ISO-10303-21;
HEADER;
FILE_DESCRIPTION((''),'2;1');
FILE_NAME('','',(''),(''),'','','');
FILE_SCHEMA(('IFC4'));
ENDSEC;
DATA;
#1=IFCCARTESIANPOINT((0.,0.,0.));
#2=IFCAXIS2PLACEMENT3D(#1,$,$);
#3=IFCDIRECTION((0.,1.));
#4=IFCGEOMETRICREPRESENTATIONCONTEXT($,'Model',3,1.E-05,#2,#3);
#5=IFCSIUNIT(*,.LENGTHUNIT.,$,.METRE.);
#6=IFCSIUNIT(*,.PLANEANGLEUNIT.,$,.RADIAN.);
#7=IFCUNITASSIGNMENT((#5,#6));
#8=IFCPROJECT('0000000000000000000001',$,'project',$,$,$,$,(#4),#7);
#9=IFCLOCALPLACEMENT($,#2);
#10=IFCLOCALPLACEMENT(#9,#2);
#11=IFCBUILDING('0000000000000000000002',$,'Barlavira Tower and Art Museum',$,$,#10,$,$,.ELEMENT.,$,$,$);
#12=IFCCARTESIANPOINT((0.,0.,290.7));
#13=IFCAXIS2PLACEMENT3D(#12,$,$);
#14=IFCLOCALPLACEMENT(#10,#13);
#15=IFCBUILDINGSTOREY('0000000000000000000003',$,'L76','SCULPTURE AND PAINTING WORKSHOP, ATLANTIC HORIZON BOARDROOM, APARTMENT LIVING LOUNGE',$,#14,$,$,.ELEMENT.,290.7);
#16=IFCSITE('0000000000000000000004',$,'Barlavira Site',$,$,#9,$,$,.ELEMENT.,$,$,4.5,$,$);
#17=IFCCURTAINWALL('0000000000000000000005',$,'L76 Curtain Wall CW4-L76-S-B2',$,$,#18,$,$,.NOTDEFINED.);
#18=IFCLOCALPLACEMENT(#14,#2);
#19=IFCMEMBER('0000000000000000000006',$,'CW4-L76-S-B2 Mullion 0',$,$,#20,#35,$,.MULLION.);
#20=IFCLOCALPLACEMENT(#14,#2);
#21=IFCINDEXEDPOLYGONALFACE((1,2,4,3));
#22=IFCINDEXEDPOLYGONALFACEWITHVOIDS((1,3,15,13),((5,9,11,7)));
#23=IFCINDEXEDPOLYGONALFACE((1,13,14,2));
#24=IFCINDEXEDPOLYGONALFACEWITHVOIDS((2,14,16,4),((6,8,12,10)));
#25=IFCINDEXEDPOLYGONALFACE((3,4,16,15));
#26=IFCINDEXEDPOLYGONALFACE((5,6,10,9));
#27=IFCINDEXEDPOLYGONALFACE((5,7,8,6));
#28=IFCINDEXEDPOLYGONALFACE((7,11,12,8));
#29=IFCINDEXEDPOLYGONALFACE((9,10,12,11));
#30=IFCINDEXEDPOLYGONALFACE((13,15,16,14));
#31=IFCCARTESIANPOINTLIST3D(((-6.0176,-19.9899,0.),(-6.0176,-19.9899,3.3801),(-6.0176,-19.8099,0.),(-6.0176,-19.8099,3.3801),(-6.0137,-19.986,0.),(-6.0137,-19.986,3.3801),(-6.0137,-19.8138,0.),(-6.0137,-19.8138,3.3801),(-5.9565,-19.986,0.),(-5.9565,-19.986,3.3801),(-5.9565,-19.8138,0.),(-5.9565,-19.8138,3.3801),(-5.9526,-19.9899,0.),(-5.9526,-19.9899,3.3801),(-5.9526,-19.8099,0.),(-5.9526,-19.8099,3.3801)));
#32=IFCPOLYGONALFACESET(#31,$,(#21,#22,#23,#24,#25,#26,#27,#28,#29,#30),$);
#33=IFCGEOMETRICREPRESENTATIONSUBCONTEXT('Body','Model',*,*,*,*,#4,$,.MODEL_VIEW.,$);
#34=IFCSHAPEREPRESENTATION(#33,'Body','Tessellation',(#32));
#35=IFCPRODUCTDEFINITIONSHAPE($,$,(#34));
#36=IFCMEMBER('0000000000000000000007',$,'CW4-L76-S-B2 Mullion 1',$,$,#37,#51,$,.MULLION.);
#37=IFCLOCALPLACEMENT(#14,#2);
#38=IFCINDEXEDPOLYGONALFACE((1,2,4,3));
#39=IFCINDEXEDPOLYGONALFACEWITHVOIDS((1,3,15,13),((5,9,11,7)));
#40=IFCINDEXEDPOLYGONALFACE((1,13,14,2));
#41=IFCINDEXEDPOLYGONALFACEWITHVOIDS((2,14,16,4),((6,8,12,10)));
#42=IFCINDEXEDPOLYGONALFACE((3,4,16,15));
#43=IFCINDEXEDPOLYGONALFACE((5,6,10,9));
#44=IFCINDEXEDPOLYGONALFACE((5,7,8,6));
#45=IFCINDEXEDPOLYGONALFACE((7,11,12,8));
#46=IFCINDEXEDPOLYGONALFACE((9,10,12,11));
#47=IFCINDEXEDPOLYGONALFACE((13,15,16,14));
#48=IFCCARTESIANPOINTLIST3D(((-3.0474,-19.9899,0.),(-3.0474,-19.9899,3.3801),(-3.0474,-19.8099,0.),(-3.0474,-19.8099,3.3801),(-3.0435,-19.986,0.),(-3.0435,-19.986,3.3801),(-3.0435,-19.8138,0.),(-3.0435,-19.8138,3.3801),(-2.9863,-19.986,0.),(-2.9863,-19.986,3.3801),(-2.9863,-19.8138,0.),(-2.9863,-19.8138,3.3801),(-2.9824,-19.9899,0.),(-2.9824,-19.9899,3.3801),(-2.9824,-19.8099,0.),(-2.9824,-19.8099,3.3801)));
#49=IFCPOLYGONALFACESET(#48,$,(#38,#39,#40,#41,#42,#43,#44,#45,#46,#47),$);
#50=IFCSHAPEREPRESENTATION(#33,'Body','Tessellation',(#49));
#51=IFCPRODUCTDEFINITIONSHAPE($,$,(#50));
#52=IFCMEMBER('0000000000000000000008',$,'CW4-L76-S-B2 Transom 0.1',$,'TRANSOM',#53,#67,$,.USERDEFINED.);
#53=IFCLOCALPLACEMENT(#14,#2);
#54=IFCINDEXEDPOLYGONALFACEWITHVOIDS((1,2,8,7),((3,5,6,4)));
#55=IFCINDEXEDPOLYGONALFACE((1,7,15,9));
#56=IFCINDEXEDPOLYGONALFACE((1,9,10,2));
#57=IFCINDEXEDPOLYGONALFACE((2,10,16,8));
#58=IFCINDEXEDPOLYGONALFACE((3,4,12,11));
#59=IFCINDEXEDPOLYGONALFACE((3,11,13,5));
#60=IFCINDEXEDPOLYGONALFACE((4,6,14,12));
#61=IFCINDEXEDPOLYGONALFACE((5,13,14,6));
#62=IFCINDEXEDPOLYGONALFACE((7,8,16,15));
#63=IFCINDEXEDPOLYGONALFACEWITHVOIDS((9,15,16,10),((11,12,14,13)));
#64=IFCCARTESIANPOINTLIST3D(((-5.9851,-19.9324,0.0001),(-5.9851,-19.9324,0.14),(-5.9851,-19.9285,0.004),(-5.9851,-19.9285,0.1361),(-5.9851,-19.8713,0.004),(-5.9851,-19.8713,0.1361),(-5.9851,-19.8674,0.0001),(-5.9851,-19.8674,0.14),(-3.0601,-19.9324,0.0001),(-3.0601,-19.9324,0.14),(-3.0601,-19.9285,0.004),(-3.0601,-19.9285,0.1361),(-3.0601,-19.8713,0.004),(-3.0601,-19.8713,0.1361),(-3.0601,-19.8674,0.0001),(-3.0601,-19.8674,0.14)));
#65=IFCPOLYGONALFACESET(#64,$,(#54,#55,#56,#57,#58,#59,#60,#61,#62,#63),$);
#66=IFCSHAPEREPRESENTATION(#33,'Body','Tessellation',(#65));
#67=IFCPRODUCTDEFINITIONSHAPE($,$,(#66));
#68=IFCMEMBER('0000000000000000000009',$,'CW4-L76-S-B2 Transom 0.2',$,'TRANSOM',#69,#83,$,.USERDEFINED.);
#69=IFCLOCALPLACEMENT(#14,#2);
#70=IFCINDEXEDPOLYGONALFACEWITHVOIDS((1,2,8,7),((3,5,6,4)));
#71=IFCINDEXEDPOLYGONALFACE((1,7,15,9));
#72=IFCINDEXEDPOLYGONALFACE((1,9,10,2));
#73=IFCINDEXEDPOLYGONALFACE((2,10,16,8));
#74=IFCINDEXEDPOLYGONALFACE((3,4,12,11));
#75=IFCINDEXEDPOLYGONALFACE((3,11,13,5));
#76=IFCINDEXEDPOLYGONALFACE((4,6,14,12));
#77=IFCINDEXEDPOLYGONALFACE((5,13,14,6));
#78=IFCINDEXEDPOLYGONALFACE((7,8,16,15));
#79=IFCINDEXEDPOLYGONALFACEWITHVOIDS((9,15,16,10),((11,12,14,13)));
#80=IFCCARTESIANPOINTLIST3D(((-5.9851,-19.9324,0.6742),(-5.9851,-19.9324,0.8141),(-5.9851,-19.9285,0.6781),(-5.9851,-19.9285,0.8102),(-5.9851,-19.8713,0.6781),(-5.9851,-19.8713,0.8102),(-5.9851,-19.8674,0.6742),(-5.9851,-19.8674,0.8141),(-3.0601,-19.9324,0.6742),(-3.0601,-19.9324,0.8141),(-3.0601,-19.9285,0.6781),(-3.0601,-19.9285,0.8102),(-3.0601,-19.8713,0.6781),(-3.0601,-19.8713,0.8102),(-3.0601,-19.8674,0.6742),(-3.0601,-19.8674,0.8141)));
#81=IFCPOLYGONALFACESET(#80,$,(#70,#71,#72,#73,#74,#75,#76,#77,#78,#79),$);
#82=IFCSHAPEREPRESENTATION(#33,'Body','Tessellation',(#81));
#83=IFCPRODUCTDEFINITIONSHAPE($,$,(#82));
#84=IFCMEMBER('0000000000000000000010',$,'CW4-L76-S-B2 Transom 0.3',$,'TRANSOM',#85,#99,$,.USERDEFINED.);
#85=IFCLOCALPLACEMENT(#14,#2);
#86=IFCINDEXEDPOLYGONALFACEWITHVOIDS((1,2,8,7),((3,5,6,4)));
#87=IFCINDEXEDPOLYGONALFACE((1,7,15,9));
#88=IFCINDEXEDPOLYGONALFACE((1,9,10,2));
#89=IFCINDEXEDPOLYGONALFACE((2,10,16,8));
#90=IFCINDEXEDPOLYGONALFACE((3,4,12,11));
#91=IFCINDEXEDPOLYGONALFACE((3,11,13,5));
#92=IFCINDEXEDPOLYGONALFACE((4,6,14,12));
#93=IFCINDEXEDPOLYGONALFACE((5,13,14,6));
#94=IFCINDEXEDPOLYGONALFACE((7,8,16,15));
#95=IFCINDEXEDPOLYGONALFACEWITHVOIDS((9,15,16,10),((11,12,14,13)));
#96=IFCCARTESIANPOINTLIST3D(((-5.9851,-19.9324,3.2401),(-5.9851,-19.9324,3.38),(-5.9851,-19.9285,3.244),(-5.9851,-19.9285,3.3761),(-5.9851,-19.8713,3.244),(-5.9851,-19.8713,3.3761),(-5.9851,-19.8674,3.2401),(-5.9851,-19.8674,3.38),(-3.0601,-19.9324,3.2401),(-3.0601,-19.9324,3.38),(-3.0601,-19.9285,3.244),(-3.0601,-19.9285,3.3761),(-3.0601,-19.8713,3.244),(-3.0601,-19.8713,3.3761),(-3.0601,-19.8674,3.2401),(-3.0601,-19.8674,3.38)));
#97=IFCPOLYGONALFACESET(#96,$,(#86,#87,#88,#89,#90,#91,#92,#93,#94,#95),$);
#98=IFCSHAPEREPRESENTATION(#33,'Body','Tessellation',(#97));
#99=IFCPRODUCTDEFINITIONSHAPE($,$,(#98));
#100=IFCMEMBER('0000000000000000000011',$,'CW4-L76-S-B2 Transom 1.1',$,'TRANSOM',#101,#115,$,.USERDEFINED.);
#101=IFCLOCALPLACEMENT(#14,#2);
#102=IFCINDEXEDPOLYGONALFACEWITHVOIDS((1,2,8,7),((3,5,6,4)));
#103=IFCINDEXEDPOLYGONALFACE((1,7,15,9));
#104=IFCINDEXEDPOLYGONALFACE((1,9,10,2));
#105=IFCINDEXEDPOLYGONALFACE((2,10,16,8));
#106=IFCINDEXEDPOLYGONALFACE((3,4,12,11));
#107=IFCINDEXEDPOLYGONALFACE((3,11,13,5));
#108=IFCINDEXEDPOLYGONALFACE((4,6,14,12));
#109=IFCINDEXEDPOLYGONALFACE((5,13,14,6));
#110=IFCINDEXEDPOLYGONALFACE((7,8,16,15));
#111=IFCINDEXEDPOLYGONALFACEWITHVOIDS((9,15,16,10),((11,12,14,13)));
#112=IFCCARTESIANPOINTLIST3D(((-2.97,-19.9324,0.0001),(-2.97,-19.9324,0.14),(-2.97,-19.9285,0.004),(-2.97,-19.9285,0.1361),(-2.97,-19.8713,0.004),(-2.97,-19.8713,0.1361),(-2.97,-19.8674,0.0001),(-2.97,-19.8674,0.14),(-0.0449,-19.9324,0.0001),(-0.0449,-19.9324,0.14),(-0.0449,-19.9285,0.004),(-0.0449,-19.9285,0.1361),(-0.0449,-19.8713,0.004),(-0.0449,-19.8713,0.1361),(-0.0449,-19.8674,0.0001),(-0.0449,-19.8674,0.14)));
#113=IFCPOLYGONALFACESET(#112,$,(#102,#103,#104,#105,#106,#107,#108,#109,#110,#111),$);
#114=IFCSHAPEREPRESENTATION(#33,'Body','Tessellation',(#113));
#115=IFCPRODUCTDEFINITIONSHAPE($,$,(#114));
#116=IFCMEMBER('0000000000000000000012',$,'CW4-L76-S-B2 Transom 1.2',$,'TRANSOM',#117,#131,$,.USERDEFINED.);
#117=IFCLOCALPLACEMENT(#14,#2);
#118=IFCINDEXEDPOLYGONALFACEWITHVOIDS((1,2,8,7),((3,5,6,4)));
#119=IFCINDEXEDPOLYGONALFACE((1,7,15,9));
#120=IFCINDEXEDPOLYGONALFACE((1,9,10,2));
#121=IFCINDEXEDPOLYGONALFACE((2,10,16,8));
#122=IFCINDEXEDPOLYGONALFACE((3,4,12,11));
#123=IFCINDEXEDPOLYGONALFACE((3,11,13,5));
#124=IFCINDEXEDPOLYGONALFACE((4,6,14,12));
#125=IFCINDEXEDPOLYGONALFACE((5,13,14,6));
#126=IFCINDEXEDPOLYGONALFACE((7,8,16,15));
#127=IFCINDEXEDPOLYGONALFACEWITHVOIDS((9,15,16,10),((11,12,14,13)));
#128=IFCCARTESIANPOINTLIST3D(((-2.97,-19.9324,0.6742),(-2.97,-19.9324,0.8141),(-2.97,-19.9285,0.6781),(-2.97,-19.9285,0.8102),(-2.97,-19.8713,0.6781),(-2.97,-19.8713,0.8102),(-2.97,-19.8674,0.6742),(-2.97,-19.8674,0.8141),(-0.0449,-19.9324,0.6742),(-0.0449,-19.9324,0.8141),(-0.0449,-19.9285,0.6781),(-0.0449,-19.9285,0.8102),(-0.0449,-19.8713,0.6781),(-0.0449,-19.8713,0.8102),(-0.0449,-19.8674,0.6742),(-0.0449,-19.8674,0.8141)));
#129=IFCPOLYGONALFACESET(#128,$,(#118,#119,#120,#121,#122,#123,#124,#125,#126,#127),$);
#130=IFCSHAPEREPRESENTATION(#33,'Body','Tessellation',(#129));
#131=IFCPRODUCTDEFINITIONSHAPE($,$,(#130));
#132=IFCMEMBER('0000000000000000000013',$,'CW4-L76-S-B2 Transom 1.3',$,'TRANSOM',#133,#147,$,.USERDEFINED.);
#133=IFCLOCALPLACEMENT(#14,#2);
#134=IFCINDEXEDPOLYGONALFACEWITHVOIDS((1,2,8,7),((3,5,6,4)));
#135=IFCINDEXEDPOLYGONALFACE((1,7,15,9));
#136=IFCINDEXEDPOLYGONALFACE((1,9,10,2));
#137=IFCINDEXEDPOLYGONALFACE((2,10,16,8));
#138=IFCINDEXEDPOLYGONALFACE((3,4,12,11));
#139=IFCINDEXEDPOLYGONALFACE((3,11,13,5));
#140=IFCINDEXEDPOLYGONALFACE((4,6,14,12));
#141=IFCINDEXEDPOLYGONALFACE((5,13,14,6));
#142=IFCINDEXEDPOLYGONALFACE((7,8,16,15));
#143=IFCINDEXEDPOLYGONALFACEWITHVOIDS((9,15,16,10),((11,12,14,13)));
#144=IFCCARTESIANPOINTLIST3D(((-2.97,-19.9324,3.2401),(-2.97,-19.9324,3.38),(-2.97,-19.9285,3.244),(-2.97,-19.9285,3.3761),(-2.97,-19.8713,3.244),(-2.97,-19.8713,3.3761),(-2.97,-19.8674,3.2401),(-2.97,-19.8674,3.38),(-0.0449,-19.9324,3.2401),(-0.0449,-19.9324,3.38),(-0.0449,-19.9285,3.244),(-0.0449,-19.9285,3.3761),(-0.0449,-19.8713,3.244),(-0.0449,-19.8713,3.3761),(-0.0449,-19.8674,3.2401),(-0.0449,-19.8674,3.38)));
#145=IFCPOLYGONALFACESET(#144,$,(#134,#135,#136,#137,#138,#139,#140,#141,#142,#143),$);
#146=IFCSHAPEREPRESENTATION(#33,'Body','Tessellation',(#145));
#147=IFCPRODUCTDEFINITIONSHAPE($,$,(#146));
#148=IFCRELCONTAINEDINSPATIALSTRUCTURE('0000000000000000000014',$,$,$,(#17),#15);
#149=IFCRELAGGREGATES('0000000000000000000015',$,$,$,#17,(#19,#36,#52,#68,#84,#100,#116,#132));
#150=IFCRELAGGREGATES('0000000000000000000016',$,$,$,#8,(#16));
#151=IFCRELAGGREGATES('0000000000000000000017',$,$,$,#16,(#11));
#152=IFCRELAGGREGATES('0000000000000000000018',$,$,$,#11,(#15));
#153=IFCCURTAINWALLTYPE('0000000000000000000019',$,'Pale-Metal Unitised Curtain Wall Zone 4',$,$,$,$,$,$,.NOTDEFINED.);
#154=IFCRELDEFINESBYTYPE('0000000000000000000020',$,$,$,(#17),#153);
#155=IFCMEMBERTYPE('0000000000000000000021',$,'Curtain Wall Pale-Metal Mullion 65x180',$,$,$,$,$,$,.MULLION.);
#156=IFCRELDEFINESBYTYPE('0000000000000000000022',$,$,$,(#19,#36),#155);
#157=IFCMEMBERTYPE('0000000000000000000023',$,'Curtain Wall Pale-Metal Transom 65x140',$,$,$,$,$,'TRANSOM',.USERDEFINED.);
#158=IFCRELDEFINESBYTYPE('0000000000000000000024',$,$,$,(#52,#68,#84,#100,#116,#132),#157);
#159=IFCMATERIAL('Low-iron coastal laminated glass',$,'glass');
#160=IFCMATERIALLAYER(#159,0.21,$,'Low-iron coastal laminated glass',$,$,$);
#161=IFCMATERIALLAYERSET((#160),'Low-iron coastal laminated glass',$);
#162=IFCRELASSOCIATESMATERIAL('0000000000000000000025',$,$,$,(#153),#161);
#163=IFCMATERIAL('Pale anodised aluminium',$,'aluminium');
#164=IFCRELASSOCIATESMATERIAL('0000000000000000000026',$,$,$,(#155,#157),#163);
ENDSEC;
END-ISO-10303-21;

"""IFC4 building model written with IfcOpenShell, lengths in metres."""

from ifc_helpers import new_model, si_unit, direction, frame, origin, origin_2d, place, context, subcontext, project, spatial, hollow_rectangle, extrude, material, layer, layer_set, material_profile, profile_set, type_object, element, aggregate, save


model = new_model("IFC4")

# Units and contexts
model_context = context("Model", 3, precision=1e-05, world=origin(), true_north=direction((0.0, 1.0)))
body_context = subcontext(model_context, "Body", "Model", "MODEL_VIEW")
ifc_project = project(units=[si_unit("LENGTHUNIT", "METRE"), si_unit("PLANEANGLEUNIT", "RADIAN")], contexts=[model_context])

# Site, building, storey
site_placement = place(None, origin())
site = spatial("IfcSite", under=ifc_project, at=site_placement, Name="Barlavira Site", CompositionType="ELEMENT", RefElevation=4.5)
building_placement = place(site_placement, origin())
building = spatial("IfcBuilding", under=site, at=building_placement, Name="Barlavira Tower and Art Museum", CompositionType="ELEMENT")
storey_placement = place(building_placement, frame((0.0, 0.0, 290.7)))
storey = spatial("IfcBuildingStorey", under=building, at=storey_placement, Name="L76", Description="SCULPTURE AND PAINTING WORKSHOP, ATLANTIC HORIZON BOARDROOM, APARTMENT LIVING LOUNGE", CompositionType="ELEMENT", Elevation=290.7)

# Curtain wall, members
ifc_material_1 = material(Name="Low-iron coastal laminated glass", Category="glass")
ifc_layer_1 = layer(ifc_material_1, 0.21, Name="Low-iron coastal laminated glass")
ifc_layer_set_1 = layer_set([ifc_layer_1], Name="Low-iron coastal laminated glass")
curtain_wall_type = type_object("IfcCurtainWallType", Name="Pale-Metal Unitised Curtain Wall Zone 4", PredefinedType="NOTDEFINED", material=ifc_layer_set_1)
curtain_wall_placement = place(storey_placement, origin())
curtain_wall = element("IfcCurtainWall", 1, at=curtain_wall_placement, inside=storey, type_object=curtain_wall_type, Name="L76 Curtain Wall CW4-L76-S-B2", PredefinedType="NOTDEFINED")
ifc_material_2 = material(Name="Pale anodised aluminium", Category="aluminium")
ifc_material_profile_1 = material_profile(ifc_material_2, hollow_rectangle(XDim=0.0649, YDim=0.1799, WallThickness=0.0039, at=origin_2d()), Name="ALU-MULL 65x180x4")
ifc_profile_set_1 = profile_set([ifc_material_profile_1], Name="Pale anodised aluminium")
member_type_1 = type_object("IfcMemberType", Name="Curtain Wall Pale-Metal Mullion 65x180", PredefinedType="MULLION", material=ifc_profile_set_1)
member_1_placement = place(storey_placement, frame((-5.9851, -19.8999, 0.0), z_axis=(0.0, 0.0, 1.0), x_axis=(1.0, 0.0, 0.0)))
member_1 = element("IfcMember", 2, at=member_1_placement, type_object=member_type_1, Name="CW4-L76-S-B2 Mullion 0", PredefinedType="MULLION", context=body_context, shape_type="SweptSolid", body=[
    extrude(hollow_rectangle(XDim=0.0649, YDim=0.1799, WallThickness=0.0039, at=origin_2d()), origin(), (0.0, 0.0, 1.0), 3.3801),
])
member_2_placement = place(storey_placement, frame((-3.0149, -19.8999, 0.0), z_axis=(0.0, 0.0, 1.0), x_axis=(1.0, 0.0, 0.0)))
member_2 = element("IfcMember", 3, at=member_2_placement, type_object=member_type_1, Name="CW4-L76-S-B2 Mullion 1", PredefinedType="MULLION", context=body_context, shape_type="SweptSolid", body=[
    extrude(hollow_rectangle(XDim=0.0649, YDim=0.1799, WallThickness=0.0039, at=origin_2d()), origin(), (0.0, 0.0, 1.0), 3.3801),
])
ifc_material_profile_2 = material_profile(ifc_material_2, hollow_rectangle(XDim=0.0649, YDim=0.1399, WallThickness=0.0039, at=origin_2d()), Name="ALU-TRAN 65x140x4")
ifc_profile_set_2 = profile_set([ifc_material_profile_2], Name="Pale anodised aluminium")
member_type_2 = type_object("IfcMemberType", Name="Curtain Wall Pale-Metal Transom 65x140", ElementType="TRANSOM", PredefinedType="USERDEFINED", material=ifc_profile_set_2)
member_3_placement = place(storey_placement, frame((-5.9851, -19.8999, 0.0701), z_axis=(1.0, 0.0, 0.0), x_axis=(0.0, 1.0, 0.0)))
member_3 = element("IfcMember", 4, at=member_3_placement, type_object=member_type_2, Name="CW4-L76-S-B2 Transom 0.1", ObjectType="TRANSOM", PredefinedType="USERDEFINED", context=body_context, shape_type="SweptSolid", body=[
    extrude(hollow_rectangle(XDim=0.0649, YDim=0.1399, WallThickness=0.0039, at=origin_2d()), origin(), (0.0, 0.0, 1.0), 2.925),
])
member_4_placement = place(storey_placement, frame((-5.9851, -19.8999, 0.7441), z_axis=(1.0, 0.0, 0.0), x_axis=(0.0, 1.0, 0.0)))
member_4 = element("IfcMember", 5, at=member_4_placement, type_object=member_type_2, Name="CW4-L76-S-B2 Transom 0.2", ObjectType="TRANSOM", PredefinedType="USERDEFINED", context=body_context, shape_type="SweptSolid", body=[
    extrude(hollow_rectangle(XDim=0.0649, YDim=0.1399, WallThickness=0.0039, at=origin_2d()), origin(), (0.0, 0.0, 1.0), 2.925),
])
member_5_placement = place(storey_placement, frame((-5.9851, -19.8999, 3.3101), z_axis=(1.0, 0.0, 0.0), x_axis=(0.0, 1.0, 0.0)))
member_5 = element("IfcMember", 6, at=member_5_placement, type_object=member_type_2, Name="CW4-L76-S-B2 Transom 0.3", ObjectType="TRANSOM", PredefinedType="USERDEFINED", context=body_context, shape_type="SweptSolid", body=[
    extrude(hollow_rectangle(XDim=0.0649, YDim=0.1399, WallThickness=0.0039, at=origin_2d()), origin(), (0.0, 0.0, 1.0), 2.925),
])
member_6_placement = place(storey_placement, frame((-2.97, -19.8999, 0.0701), z_axis=(1.0, 0.0, 0.0), x_axis=(0.0, 1.0, 0.0)))
member_6 = element("IfcMember", 7, at=member_6_placement, type_object=member_type_2, Name="CW4-L76-S-B2 Transom 1.1", ObjectType="TRANSOM", PredefinedType="USERDEFINED", context=body_context, shape_type="SweptSolid", body=[
    extrude(hollow_rectangle(XDim=0.0649, YDim=0.1399, WallThickness=0.0039, at=origin_2d()), origin(), (0.0, 0.0, 1.0), 2.925),
])
member_7_placement = place(storey_placement, frame((-2.97, -19.8999, 0.7441), z_axis=(1.0, 0.0, 0.0), x_axis=(0.0, 1.0, 0.0)))
member_7 = element("IfcMember", 8, at=member_7_placement, type_object=member_type_2, Name="CW4-L76-S-B2 Transom 1.2", ObjectType="TRANSOM", PredefinedType="USERDEFINED", context=body_context, shape_type="SweptSolid", body=[
    extrude(hollow_rectangle(XDim=0.0649, YDim=0.1399, WallThickness=0.0039, at=origin_2d()), origin(), (0.0, 0.0, 1.0), 2.925),
])
member_8_placement = place(storey_placement, frame((-2.97, -19.8999, 3.3101), z_axis=(1.0, 0.0, 0.0), x_axis=(0.0, 1.0, 0.0)))
member_8 = element("IfcMember", 9, at=member_8_placement, type_object=member_type_2, Name="CW4-L76-S-B2 Transom 1.3", ObjectType="TRANSOM", PredefinedType="USERDEFINED", context=body_context, shape_type="SweptSolid", body=[
    extrude(hollow_rectangle(XDim=0.0649, YDim=0.1399, WallThickness=0.0039, at=origin_2d()), origin(), (0.0, 0.0, 1.0), 2.925),
])

aggregate(curtain_wall, [member_1, member_2, member_3, member_4, member_5, member_6, member_7, member_8])

save(model, "model.ifc")
